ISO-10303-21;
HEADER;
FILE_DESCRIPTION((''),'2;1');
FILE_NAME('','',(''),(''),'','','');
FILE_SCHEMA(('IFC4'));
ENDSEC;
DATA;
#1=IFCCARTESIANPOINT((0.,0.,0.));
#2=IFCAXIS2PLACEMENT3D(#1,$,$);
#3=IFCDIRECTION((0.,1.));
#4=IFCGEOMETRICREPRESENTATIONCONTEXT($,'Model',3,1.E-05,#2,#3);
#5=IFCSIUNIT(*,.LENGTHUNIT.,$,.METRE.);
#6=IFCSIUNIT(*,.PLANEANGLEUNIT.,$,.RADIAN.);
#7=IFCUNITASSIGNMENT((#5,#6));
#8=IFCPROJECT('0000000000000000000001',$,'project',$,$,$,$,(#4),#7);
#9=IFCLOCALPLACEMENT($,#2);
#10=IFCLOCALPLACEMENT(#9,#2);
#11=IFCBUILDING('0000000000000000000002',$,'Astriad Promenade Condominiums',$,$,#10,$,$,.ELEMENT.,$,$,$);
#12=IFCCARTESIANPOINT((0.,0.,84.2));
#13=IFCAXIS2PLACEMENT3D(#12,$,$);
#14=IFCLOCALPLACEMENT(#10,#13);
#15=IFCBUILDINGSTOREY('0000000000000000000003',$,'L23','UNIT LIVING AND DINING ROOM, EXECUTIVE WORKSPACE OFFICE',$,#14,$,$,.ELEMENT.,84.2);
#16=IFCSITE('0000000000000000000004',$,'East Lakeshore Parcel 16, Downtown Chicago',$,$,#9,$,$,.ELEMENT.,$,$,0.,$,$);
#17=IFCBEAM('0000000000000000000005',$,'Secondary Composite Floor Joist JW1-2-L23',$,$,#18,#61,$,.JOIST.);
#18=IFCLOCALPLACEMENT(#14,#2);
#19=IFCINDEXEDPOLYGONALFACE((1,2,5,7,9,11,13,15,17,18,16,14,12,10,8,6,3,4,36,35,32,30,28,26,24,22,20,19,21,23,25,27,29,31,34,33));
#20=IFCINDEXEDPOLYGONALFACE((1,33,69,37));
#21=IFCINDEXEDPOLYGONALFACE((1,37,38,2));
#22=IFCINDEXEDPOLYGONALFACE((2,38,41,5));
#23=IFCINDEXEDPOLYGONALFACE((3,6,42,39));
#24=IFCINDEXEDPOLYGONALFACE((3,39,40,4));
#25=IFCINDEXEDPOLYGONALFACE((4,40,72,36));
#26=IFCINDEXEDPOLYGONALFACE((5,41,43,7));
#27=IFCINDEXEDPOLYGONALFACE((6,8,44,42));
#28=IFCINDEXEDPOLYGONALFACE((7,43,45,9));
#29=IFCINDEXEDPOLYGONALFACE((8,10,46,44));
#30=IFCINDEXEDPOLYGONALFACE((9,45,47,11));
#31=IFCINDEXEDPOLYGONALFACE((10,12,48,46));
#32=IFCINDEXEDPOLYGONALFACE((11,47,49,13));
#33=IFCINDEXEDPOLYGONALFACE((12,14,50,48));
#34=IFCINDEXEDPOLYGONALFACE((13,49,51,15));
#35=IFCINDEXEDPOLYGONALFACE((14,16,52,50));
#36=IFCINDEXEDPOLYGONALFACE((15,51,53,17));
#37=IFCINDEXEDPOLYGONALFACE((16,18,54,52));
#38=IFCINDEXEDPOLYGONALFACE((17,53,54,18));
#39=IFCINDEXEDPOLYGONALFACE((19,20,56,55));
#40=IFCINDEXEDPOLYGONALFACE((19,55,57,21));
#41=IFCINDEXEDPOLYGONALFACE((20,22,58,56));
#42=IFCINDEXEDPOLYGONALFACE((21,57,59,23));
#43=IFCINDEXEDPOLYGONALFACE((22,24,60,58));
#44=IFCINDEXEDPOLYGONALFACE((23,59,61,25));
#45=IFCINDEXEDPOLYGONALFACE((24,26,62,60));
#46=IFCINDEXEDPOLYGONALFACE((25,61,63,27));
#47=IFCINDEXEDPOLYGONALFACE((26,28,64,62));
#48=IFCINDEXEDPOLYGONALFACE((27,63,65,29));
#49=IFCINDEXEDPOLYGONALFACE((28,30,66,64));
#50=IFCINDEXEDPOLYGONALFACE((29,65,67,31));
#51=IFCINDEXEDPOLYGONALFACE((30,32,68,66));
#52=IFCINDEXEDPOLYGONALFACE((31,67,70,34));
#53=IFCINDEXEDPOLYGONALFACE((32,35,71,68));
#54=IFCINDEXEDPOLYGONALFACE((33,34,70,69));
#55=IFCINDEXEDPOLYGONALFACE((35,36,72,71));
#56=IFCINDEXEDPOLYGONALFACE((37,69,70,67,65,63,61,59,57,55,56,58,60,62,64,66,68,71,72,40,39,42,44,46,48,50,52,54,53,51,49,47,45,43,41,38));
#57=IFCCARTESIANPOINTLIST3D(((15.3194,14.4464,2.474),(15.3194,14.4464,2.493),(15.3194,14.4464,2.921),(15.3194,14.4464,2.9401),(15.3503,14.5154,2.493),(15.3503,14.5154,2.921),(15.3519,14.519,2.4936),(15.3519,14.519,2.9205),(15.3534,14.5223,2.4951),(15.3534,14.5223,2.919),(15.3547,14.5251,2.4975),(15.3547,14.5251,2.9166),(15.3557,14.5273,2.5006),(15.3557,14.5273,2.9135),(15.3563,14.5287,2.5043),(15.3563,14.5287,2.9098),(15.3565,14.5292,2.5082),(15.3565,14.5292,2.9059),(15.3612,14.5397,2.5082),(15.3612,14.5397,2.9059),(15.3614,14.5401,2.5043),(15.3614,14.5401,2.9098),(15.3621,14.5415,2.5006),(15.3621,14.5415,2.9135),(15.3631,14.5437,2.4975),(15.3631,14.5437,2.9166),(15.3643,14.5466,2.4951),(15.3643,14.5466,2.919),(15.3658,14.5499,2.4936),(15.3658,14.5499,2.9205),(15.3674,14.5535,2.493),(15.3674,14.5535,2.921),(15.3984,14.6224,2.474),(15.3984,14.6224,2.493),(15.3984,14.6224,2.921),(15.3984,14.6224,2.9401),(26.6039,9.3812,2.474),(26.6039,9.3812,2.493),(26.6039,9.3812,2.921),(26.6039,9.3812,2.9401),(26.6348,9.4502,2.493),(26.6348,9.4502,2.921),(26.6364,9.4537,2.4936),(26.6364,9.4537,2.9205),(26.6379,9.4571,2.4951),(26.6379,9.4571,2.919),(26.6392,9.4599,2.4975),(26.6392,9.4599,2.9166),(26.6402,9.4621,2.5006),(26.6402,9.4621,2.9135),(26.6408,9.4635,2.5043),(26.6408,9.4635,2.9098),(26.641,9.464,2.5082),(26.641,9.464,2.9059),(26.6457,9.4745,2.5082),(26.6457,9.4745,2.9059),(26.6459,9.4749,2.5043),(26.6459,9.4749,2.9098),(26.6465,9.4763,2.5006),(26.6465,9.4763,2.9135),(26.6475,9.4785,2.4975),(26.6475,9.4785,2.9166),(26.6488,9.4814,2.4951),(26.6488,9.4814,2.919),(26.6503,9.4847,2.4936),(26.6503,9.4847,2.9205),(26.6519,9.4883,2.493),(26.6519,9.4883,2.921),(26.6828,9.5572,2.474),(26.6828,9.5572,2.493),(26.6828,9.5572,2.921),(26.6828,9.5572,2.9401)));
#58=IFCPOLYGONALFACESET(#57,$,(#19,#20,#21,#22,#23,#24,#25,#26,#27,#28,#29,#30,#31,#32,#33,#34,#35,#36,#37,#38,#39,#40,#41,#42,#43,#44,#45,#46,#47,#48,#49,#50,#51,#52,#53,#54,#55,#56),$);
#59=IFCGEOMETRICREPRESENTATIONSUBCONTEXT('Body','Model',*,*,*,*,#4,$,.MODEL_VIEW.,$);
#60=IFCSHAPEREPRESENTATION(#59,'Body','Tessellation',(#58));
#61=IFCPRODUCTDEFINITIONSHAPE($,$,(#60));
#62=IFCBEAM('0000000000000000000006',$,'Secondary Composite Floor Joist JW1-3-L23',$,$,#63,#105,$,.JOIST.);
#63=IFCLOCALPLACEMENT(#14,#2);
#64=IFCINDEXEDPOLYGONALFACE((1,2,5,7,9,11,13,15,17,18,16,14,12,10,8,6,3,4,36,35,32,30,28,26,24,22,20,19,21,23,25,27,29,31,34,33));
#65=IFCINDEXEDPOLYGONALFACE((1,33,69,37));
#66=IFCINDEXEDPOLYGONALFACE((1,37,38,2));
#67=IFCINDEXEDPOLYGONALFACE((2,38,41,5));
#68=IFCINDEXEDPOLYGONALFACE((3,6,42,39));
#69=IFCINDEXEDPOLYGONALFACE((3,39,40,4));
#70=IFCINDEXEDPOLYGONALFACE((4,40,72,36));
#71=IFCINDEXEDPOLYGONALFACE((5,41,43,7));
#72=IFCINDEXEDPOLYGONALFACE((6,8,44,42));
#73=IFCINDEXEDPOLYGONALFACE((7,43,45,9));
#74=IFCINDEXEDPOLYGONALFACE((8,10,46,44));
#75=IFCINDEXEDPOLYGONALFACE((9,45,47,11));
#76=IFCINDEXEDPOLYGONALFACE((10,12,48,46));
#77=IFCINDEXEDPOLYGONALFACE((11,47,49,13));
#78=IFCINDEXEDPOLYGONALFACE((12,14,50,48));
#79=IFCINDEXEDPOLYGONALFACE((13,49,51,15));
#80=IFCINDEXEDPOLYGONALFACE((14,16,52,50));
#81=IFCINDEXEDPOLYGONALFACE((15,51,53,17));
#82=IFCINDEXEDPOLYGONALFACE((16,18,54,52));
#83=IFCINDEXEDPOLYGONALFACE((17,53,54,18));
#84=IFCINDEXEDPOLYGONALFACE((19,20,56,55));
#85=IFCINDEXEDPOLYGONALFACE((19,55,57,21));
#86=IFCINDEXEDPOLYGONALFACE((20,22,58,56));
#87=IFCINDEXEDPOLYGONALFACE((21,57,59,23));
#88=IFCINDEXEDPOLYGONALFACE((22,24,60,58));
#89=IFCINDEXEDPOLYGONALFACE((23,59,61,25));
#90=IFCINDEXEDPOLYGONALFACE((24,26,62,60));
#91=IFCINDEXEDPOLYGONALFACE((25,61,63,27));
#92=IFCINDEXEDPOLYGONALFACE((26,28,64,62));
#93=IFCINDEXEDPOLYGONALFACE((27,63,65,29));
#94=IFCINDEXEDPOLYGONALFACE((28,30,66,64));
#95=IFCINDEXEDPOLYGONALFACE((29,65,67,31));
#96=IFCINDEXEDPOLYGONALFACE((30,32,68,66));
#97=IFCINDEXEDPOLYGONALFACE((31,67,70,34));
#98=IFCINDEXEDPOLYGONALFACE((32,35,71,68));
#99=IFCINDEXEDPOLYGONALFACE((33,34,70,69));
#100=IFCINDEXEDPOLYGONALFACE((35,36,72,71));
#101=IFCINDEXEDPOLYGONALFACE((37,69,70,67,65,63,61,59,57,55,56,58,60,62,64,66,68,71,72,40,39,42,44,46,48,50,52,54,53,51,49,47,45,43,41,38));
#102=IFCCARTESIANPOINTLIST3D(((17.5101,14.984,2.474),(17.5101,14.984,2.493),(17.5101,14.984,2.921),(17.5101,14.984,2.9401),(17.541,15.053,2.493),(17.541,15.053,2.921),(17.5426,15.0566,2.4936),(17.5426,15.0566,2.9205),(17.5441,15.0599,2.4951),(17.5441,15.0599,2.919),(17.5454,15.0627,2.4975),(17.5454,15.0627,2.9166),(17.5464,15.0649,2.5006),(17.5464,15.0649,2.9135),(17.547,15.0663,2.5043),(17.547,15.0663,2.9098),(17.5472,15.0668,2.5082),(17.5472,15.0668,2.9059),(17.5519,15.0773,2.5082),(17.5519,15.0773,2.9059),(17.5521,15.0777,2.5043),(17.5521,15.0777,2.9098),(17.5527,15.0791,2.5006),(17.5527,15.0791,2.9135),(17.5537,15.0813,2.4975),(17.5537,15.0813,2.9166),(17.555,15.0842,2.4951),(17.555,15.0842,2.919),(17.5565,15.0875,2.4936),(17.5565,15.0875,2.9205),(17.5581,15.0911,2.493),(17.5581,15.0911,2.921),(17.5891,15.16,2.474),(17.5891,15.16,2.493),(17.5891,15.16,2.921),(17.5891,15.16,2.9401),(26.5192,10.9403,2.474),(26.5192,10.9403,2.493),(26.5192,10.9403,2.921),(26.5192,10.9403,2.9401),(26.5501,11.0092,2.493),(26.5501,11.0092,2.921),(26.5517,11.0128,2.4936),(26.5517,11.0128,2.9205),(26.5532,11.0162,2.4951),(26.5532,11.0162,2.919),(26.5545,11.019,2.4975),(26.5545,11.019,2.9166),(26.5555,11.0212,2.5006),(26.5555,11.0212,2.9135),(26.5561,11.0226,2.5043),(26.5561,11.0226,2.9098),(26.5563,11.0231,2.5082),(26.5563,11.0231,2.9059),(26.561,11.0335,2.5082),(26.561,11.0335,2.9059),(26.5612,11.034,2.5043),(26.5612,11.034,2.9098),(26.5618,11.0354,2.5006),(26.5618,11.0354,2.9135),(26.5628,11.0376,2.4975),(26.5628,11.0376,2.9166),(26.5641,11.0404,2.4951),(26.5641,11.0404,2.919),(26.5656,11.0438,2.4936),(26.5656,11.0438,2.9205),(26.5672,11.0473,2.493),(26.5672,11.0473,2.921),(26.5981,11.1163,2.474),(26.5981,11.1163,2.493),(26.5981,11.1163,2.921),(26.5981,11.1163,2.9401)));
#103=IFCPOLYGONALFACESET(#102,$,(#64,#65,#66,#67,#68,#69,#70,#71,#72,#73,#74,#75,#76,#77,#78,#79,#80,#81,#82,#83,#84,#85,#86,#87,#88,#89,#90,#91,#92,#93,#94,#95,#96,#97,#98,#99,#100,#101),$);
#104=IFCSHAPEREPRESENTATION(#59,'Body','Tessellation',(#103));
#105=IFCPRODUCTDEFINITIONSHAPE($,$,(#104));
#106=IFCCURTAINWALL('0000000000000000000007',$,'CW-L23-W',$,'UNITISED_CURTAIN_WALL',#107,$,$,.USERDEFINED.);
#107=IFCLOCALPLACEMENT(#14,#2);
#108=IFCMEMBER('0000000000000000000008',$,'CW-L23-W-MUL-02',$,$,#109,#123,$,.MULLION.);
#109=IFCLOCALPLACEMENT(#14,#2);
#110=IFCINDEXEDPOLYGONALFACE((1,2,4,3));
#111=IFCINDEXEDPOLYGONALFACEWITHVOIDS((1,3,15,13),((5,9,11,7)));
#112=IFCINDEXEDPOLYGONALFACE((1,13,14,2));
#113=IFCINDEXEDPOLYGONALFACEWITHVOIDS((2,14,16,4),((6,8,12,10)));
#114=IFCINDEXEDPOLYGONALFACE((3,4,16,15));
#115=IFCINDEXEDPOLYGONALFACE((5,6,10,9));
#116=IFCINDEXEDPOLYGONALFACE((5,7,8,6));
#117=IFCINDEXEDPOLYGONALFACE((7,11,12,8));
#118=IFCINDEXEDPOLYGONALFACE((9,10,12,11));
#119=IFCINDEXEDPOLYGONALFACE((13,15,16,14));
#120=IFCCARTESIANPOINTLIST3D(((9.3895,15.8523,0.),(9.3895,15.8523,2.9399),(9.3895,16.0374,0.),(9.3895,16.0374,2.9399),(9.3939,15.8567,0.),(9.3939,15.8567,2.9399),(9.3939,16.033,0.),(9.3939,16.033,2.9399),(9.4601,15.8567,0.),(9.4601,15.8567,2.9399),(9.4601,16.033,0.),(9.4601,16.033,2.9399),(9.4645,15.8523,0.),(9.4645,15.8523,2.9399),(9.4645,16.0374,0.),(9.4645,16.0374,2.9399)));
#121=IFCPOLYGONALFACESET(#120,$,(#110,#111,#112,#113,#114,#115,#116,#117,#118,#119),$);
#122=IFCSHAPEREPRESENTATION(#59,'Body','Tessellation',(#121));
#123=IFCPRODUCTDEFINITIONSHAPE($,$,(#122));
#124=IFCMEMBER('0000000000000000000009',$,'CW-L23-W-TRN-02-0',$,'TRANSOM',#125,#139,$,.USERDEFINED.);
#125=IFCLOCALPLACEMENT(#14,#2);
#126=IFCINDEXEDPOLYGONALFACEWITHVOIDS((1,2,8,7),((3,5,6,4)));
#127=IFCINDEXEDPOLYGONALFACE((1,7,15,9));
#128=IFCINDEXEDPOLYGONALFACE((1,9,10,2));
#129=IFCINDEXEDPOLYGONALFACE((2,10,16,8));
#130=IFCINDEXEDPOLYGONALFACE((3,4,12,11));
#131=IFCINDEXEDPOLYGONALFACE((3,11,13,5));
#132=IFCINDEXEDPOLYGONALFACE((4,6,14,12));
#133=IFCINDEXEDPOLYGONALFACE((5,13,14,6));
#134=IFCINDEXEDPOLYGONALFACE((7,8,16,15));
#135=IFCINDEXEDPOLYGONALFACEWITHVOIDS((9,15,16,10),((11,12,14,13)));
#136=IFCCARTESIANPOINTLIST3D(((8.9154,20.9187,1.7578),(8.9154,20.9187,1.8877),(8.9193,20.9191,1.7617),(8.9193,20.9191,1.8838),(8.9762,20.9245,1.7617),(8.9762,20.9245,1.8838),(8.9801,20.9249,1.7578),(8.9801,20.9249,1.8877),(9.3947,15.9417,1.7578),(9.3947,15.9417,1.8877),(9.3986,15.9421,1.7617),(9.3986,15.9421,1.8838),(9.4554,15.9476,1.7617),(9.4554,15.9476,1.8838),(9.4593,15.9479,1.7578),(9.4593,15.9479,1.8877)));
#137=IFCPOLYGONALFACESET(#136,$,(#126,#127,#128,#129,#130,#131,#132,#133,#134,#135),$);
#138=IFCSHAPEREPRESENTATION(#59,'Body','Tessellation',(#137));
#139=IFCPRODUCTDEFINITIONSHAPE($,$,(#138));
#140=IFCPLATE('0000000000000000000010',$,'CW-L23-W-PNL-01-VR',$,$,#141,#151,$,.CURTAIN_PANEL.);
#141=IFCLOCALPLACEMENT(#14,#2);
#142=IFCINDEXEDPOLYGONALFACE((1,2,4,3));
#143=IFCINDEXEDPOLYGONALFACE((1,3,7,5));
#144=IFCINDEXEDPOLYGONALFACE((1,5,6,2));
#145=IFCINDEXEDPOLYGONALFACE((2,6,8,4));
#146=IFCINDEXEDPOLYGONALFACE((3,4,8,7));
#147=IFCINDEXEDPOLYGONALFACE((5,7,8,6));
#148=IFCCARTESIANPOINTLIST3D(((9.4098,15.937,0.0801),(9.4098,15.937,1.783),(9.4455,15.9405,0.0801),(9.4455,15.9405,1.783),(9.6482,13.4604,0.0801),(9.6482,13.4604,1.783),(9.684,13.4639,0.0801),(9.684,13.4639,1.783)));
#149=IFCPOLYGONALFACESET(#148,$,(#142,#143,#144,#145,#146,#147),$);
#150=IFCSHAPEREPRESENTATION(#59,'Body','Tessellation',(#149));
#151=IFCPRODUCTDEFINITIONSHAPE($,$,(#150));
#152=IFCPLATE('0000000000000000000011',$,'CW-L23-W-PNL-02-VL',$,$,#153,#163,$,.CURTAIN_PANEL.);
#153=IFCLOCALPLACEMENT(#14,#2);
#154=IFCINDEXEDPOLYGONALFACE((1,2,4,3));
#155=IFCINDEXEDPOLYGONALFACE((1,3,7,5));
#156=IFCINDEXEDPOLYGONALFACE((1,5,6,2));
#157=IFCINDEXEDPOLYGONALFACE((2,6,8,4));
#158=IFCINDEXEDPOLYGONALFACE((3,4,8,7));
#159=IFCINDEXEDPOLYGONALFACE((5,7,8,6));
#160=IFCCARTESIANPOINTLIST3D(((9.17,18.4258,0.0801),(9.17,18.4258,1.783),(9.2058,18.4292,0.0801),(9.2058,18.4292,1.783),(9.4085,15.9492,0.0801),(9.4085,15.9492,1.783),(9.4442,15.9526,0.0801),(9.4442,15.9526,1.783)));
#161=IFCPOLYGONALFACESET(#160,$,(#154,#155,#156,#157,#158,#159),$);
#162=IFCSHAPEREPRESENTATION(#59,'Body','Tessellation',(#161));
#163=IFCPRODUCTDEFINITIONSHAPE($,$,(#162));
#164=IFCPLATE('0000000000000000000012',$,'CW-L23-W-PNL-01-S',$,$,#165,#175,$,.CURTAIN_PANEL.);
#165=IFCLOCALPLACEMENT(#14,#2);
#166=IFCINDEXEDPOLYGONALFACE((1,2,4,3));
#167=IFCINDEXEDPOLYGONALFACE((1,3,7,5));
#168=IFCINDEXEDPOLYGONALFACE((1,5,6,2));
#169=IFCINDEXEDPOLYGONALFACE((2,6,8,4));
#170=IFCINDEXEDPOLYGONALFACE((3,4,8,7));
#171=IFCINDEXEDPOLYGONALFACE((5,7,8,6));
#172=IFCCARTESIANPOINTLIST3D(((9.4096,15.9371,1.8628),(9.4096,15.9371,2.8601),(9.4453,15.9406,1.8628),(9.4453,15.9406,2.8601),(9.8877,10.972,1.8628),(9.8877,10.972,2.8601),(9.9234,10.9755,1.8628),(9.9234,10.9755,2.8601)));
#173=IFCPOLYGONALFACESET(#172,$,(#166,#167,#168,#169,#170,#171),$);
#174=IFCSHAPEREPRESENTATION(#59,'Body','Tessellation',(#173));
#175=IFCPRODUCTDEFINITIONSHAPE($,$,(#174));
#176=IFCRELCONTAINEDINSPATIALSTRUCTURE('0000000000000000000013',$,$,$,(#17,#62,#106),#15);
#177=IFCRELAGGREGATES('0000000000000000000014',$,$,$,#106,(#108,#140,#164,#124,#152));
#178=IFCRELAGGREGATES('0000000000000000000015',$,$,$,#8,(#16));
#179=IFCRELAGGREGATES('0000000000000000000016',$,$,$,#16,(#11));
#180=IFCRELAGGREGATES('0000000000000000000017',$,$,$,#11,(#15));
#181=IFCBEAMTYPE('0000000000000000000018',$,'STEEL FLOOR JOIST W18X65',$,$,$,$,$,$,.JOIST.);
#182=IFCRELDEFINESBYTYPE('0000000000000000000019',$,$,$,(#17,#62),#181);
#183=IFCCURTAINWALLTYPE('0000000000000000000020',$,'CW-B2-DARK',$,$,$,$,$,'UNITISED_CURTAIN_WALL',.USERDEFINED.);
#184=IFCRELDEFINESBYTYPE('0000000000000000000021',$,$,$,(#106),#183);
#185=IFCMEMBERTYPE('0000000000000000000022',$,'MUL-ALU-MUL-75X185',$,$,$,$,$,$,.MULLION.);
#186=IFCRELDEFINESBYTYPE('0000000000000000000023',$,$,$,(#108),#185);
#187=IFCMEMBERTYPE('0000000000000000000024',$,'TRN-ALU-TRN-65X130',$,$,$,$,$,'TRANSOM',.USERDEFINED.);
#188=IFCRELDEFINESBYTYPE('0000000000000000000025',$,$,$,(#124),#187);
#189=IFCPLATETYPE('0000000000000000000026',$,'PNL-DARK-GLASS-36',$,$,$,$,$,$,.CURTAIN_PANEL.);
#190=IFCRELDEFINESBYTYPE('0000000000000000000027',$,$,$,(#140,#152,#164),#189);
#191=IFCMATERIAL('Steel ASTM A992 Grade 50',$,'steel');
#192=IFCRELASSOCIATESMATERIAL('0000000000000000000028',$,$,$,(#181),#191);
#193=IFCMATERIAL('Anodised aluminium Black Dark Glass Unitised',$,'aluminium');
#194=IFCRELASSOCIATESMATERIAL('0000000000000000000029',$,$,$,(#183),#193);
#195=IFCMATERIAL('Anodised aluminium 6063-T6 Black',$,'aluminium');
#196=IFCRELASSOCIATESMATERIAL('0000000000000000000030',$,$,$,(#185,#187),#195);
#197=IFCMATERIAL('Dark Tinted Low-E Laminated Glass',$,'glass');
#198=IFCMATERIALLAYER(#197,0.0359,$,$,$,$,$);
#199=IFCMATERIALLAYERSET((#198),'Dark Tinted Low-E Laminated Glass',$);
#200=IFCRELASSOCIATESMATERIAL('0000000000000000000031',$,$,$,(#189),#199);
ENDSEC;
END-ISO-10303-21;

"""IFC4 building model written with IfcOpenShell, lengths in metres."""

from ifc_helpers import new_model, si_unit, direction, frame, origin, origin_2d, place, context, subcontext, project, spatial, rectangle, hollow_rectangle, i_section, extrude, source, transform, mapped, material, layer, layer_set, material_profile, profile_set, type_object, type_shapes, element, aggregate, save


model = new_model("IFC4")

# Units and contexts
model_context = context("Model", 3, precision=1e-05, world=origin(), true_north=direction((0.0, 1.0)))
body_context = subcontext(model_context, "Body", "Model", "MODEL_VIEW")
ifc_project = project(units=[si_unit("LENGTHUNIT", "METRE"), si_unit("PLANEANGLEUNIT", "RADIAN")], contexts=[model_context])

# Site, building, storey
site_placement = place(None, origin())
site = spatial("IfcSite", under=ifc_project, at=site_placement, Name="East Lakeshore Parcel 16, Downtown Chicago", CompositionType="ELEMENT", RefElevation=0.0)
building_placement = place(site_placement, origin())
building = spatial("IfcBuilding", under=site, at=building_placement, Name="Astriad Promenade Condominiums", CompositionType="ELEMENT")
storey_placement = place(building_placement, frame((0.0, 0.0, 84.2)))
storey = spatial("IfcBuildingStorey", under=building, at=storey_placement, Name="L23", Description="UNIT LIVING AND DINING ROOM, EXECUTIVE WORKSPACE OFFICE", CompositionType="ELEMENT", Elevation=84.2)

# Beams
ifc_material_1 = material(Name="Steel ASTM A992 Grade 50", Category="steel")
ifc_material_profile_1 = material_profile(ifc_material_1, i_section(OverallWidth=0.1929, OverallDepth=0.4661, WebThickness=0.0115, FlangeThickness=0.019, FilletRadius=0.0151, at=origin_2d()), Name="W18X65")
ifc_profile_set_1 = profile_set([ifc_material_profile_1], Name="Steel ASTM A992 Grade 50")
beam_type_1 = type_object("IfcBeamType", Name="STEEL FLOOR JOIST W18X65", PredefinedType="JOIST", material=ifc_profile_set_1)
shared_shape_1 = source(origin(), body_context, "Body", "SweptSolid", [
    extrude(i_section(OverallWidth=0.1929, OverallDepth=0.4661, WebThickness=0.0115, FlangeThickness=0.019, FilletRadius=0.0151, at=origin_2d()), origin(), (0.0, 0.0, 1.0), 12.3691),
])
beam_1_placement = place(storey_placement, frame((15.3589, 14.5344, 2.707), z_axis=(0.912309, -0.409504, 0.0), x_axis=(0.409504, 0.912309, 0.0)))
element("IfcBeam", 1, at=beam_1_placement, inside=storey, type_object=beam_type_1, Name="Secondary Composite Floor Joist JW1-2-L23", PredefinedType="JOIST", context=body_context, shape_type="MappedRepresentation", body=[
    mapped(shared_shape_1, transform((0.0, 0.0, 0.0), scale=1.0)),
])
shared_shape_2 = source(origin(), body_context, "Body", "SweptSolid", [
    extrude(i_section(OverallWidth=0.1929, OverallDepth=0.4661, WebThickness=0.0115, FlangeThickness=0.019, FilletRadius=0.0151, at=origin_2d()), origin(), (0.0, 0.0, 1.0), 9.875),
])
beam_2_placement = place(storey_placement, frame((17.5496, 15.072, 2.707), z_axis=(0.912314, -0.409492, 0.0), x_axis=(0.409492, 0.912314, 0.0)))
element("IfcBeam", 2, at=beam_2_placement, inside=storey, type_object=beam_type_1, Name="Secondary Composite Floor Joist JW1-3-L23", PredefinedType="JOIST", context=body_context, shape_type="MappedRepresentation", body=[
    mapped(shared_shape_2, transform((0.0, 0.0, 0.0), scale=1.0)),
])

# Curtain wall, members, plates
ifc_material_2 = material(Name="Anodised aluminium Black Dark Glass Unitised", Category="aluminium")
curtain_wall_type = type_object("IfcCurtainWallType", Name="CW-B2-DARK", ElementType="UNITISED_CURTAIN_WALL", PredefinedType="USERDEFINED", material=ifc_material_2)
curtain_wall_placement = place(storey_placement, origin())
curtain_wall = element("IfcCurtainWall", 3, at=curtain_wall_placement, inside=storey, type_object=curtain_wall_type, Name="CW-L23-W", ObjectType="UNITISED_CURTAIN_WALL", PredefinedType="USERDEFINED")
ifc_material_3 = material(Name="Anodised aluminium 6063-T6 Black", Category="aluminium")
ifc_material_profile_2 = material_profile(ifc_material_3, hollow_rectangle(XDim=0.075, YDim=0.1851, WallThickness=0.0044, at=origin_2d()), Name="ALU-MUL-75X185")
ifc_profile_set_2 = profile_set([ifc_material_profile_2], Name="Anodised aluminium 6063-T6 Black")
member_type_1 = type_object("IfcMemberType", Name="MUL-ALU-MUL-75X185", PredefinedType="MULLION", material=ifc_profile_set_2)
shared_shape_3 = source(origin(), body_context, "Body", "SweptSolid", [
    extrude(hollow_rectangle(XDim=0.075, YDim=0.1851, WallThickness=0.0044, at=origin_2d()), origin(), (0.0, 0.0, 1.0), 2.9399),
])
type_shapes(member_type_1, [shared_shape_3])
member_1_placement = place(storey_placement, frame((9.427, 15.9448, 0.0), z_axis=(0.0, 0.0, 1.0), x_axis=(1.0, 0.0, 0.0)))
member_1 = element("IfcMember", 4, at=member_1_placement, type_object=member_type_1, Name="CW-L23-W-MUL-02", PredefinedType="MULLION", context=body_context, shape_type="MappedRepresentation", body=[
    mapped(shared_shape_3, transform((0.0, 0.0, 0.0), scale=1.0)),
])
ifc_material_profile_3 = material_profile(ifc_material_3, hollow_rectangle(XDim=0.0649, YDim=0.1299, WallThickness=0.0039, at=origin_2d()), Name="ALU-TRN-65X130")
ifc_profile_set_3 = profile_set([ifc_material_profile_3], Name="Anodised aluminium 6063-T6 Black")
member_type_2 = type_object("IfcMemberType", Name="TRN-ALU-TRN-65X130", ElementType="TRANSOM", PredefinedType="USERDEFINED", material=ifc_profile_set_3)
shared_shape_4 = source(origin(), body_context, "Body", "SweptSolid", [
    extrude(hollow_rectangle(XDim=0.0649, YDim=0.1299, WallThickness=0.0039, at=origin_2d()), origin(), (0.0, 0.0, 1.0), 5.0),
])
type_shapes(member_type_2, [shared_shape_4])
member_2_placement = place(storey_placement, frame((9.427, 15.9448, 1.8228), z_axis=(-0.095848, 0.995396, 0.0), x_axis=(-0.995396, -0.095848, 0.0)))
member_2 = element("IfcMember", 5, at=member_2_placement, type_object=member_type_2, Name="CW-L23-W-TRN-02-0", ObjectType="TRANSOM", PredefinedType="USERDEFINED", context=body_context, shape_type="MappedRepresentation", body=[
    mapped(shared_shape_4, transform((0.0, 0.0, 0.0), scale=1.0)),
])
ifc_material_4 = material(Name="Dark Tinted Low-E Laminated Glass", Category="glass")
ifc_layer_1 = layer(ifc_material_4, 0.0359)
ifc_layer_set_1 = layer_set([ifc_layer_1], Name="Dark Tinted Low-E Laminated Glass")
plate_type = type_object("IfcPlateType", Name="PNL-DARK-GLASS-36", PredefinedType="CURTAIN_PANEL", material=ifc_layer_set_1)
shared_shape_5 = source(origin(), body_context, "Body", "SweptSolid", [
    extrude(rectangle(XDim=2.488, YDim=0.0359, at=origin_2d()), origin(), (0.0, 0.0, 1.0), 1.7029),
])
plate_1_placement = place(storey_placement, frame((9.5469, 14.7004, 0.0801), z_axis=(0.0, 0.0, 1.0), x_axis=(-0.095846, 0.995396, 0.0)))
plate_1 = element("IfcPlate", 6, at=plate_1_placement, type_object=plate_type, Name="CW-L23-W-PNL-01-VR", PredefinedType="CURTAIN_PANEL", context=body_context, shape_type="MappedRepresentation", body=[
    mapped(shared_shape_5, transform((0.0, 0.0, 0.0), scale=1.0)),
])
plate_2_placement = place(storey_placement, frame((9.3071, 17.1892, 0.0801), z_axis=(0.0, 0.0, 1.0), x_axis=(-0.095846, 0.995396, 0.0)))
plate_2 = element("IfcPlate", 7, at=plate_2_placement, type_object=plate_type, Name="CW-L23-W-PNL-02-VL", PredefinedType="CURTAIN_PANEL", context=body_context, shape_type="MappedRepresentation", body=[
    mapped(shared_shape_5, transform((0.0, 0.0, 0.0), scale=1.0)),
])
shared_shape_6 = source(origin(), body_context, "Body", "SweptSolid", [
    extrude(rectangle(XDim=4.988, YDim=0.0359, at=origin_2d()), origin(), (0.0, 0.0, 1.0), 0.9973),
])
type_shapes(plate_type, [shared_shape_5, shared_shape_6])
plate_3_placement = place(storey_placement, frame((9.6665, 13.4563, 1.8628), z_axis=(0.0, 0.0, 1.0), x_axis=(-0.095846, 0.995396, 0.0)))
plate_3 = element("IfcPlate", 8, at=plate_3_placement, type_object=plate_type, Name="CW-L23-W-PNL-01-S", PredefinedType="CURTAIN_PANEL", context=body_context, shape_type="MappedRepresentation", body=[
    mapped(shared_shape_6, transform((0.0, 0.0, 0.0), scale=1.0)),
])
aggregate(curtain_wall, [member_1, plate_1, plate_3, member_2, plate_2])

save(model, "model.ifc")
